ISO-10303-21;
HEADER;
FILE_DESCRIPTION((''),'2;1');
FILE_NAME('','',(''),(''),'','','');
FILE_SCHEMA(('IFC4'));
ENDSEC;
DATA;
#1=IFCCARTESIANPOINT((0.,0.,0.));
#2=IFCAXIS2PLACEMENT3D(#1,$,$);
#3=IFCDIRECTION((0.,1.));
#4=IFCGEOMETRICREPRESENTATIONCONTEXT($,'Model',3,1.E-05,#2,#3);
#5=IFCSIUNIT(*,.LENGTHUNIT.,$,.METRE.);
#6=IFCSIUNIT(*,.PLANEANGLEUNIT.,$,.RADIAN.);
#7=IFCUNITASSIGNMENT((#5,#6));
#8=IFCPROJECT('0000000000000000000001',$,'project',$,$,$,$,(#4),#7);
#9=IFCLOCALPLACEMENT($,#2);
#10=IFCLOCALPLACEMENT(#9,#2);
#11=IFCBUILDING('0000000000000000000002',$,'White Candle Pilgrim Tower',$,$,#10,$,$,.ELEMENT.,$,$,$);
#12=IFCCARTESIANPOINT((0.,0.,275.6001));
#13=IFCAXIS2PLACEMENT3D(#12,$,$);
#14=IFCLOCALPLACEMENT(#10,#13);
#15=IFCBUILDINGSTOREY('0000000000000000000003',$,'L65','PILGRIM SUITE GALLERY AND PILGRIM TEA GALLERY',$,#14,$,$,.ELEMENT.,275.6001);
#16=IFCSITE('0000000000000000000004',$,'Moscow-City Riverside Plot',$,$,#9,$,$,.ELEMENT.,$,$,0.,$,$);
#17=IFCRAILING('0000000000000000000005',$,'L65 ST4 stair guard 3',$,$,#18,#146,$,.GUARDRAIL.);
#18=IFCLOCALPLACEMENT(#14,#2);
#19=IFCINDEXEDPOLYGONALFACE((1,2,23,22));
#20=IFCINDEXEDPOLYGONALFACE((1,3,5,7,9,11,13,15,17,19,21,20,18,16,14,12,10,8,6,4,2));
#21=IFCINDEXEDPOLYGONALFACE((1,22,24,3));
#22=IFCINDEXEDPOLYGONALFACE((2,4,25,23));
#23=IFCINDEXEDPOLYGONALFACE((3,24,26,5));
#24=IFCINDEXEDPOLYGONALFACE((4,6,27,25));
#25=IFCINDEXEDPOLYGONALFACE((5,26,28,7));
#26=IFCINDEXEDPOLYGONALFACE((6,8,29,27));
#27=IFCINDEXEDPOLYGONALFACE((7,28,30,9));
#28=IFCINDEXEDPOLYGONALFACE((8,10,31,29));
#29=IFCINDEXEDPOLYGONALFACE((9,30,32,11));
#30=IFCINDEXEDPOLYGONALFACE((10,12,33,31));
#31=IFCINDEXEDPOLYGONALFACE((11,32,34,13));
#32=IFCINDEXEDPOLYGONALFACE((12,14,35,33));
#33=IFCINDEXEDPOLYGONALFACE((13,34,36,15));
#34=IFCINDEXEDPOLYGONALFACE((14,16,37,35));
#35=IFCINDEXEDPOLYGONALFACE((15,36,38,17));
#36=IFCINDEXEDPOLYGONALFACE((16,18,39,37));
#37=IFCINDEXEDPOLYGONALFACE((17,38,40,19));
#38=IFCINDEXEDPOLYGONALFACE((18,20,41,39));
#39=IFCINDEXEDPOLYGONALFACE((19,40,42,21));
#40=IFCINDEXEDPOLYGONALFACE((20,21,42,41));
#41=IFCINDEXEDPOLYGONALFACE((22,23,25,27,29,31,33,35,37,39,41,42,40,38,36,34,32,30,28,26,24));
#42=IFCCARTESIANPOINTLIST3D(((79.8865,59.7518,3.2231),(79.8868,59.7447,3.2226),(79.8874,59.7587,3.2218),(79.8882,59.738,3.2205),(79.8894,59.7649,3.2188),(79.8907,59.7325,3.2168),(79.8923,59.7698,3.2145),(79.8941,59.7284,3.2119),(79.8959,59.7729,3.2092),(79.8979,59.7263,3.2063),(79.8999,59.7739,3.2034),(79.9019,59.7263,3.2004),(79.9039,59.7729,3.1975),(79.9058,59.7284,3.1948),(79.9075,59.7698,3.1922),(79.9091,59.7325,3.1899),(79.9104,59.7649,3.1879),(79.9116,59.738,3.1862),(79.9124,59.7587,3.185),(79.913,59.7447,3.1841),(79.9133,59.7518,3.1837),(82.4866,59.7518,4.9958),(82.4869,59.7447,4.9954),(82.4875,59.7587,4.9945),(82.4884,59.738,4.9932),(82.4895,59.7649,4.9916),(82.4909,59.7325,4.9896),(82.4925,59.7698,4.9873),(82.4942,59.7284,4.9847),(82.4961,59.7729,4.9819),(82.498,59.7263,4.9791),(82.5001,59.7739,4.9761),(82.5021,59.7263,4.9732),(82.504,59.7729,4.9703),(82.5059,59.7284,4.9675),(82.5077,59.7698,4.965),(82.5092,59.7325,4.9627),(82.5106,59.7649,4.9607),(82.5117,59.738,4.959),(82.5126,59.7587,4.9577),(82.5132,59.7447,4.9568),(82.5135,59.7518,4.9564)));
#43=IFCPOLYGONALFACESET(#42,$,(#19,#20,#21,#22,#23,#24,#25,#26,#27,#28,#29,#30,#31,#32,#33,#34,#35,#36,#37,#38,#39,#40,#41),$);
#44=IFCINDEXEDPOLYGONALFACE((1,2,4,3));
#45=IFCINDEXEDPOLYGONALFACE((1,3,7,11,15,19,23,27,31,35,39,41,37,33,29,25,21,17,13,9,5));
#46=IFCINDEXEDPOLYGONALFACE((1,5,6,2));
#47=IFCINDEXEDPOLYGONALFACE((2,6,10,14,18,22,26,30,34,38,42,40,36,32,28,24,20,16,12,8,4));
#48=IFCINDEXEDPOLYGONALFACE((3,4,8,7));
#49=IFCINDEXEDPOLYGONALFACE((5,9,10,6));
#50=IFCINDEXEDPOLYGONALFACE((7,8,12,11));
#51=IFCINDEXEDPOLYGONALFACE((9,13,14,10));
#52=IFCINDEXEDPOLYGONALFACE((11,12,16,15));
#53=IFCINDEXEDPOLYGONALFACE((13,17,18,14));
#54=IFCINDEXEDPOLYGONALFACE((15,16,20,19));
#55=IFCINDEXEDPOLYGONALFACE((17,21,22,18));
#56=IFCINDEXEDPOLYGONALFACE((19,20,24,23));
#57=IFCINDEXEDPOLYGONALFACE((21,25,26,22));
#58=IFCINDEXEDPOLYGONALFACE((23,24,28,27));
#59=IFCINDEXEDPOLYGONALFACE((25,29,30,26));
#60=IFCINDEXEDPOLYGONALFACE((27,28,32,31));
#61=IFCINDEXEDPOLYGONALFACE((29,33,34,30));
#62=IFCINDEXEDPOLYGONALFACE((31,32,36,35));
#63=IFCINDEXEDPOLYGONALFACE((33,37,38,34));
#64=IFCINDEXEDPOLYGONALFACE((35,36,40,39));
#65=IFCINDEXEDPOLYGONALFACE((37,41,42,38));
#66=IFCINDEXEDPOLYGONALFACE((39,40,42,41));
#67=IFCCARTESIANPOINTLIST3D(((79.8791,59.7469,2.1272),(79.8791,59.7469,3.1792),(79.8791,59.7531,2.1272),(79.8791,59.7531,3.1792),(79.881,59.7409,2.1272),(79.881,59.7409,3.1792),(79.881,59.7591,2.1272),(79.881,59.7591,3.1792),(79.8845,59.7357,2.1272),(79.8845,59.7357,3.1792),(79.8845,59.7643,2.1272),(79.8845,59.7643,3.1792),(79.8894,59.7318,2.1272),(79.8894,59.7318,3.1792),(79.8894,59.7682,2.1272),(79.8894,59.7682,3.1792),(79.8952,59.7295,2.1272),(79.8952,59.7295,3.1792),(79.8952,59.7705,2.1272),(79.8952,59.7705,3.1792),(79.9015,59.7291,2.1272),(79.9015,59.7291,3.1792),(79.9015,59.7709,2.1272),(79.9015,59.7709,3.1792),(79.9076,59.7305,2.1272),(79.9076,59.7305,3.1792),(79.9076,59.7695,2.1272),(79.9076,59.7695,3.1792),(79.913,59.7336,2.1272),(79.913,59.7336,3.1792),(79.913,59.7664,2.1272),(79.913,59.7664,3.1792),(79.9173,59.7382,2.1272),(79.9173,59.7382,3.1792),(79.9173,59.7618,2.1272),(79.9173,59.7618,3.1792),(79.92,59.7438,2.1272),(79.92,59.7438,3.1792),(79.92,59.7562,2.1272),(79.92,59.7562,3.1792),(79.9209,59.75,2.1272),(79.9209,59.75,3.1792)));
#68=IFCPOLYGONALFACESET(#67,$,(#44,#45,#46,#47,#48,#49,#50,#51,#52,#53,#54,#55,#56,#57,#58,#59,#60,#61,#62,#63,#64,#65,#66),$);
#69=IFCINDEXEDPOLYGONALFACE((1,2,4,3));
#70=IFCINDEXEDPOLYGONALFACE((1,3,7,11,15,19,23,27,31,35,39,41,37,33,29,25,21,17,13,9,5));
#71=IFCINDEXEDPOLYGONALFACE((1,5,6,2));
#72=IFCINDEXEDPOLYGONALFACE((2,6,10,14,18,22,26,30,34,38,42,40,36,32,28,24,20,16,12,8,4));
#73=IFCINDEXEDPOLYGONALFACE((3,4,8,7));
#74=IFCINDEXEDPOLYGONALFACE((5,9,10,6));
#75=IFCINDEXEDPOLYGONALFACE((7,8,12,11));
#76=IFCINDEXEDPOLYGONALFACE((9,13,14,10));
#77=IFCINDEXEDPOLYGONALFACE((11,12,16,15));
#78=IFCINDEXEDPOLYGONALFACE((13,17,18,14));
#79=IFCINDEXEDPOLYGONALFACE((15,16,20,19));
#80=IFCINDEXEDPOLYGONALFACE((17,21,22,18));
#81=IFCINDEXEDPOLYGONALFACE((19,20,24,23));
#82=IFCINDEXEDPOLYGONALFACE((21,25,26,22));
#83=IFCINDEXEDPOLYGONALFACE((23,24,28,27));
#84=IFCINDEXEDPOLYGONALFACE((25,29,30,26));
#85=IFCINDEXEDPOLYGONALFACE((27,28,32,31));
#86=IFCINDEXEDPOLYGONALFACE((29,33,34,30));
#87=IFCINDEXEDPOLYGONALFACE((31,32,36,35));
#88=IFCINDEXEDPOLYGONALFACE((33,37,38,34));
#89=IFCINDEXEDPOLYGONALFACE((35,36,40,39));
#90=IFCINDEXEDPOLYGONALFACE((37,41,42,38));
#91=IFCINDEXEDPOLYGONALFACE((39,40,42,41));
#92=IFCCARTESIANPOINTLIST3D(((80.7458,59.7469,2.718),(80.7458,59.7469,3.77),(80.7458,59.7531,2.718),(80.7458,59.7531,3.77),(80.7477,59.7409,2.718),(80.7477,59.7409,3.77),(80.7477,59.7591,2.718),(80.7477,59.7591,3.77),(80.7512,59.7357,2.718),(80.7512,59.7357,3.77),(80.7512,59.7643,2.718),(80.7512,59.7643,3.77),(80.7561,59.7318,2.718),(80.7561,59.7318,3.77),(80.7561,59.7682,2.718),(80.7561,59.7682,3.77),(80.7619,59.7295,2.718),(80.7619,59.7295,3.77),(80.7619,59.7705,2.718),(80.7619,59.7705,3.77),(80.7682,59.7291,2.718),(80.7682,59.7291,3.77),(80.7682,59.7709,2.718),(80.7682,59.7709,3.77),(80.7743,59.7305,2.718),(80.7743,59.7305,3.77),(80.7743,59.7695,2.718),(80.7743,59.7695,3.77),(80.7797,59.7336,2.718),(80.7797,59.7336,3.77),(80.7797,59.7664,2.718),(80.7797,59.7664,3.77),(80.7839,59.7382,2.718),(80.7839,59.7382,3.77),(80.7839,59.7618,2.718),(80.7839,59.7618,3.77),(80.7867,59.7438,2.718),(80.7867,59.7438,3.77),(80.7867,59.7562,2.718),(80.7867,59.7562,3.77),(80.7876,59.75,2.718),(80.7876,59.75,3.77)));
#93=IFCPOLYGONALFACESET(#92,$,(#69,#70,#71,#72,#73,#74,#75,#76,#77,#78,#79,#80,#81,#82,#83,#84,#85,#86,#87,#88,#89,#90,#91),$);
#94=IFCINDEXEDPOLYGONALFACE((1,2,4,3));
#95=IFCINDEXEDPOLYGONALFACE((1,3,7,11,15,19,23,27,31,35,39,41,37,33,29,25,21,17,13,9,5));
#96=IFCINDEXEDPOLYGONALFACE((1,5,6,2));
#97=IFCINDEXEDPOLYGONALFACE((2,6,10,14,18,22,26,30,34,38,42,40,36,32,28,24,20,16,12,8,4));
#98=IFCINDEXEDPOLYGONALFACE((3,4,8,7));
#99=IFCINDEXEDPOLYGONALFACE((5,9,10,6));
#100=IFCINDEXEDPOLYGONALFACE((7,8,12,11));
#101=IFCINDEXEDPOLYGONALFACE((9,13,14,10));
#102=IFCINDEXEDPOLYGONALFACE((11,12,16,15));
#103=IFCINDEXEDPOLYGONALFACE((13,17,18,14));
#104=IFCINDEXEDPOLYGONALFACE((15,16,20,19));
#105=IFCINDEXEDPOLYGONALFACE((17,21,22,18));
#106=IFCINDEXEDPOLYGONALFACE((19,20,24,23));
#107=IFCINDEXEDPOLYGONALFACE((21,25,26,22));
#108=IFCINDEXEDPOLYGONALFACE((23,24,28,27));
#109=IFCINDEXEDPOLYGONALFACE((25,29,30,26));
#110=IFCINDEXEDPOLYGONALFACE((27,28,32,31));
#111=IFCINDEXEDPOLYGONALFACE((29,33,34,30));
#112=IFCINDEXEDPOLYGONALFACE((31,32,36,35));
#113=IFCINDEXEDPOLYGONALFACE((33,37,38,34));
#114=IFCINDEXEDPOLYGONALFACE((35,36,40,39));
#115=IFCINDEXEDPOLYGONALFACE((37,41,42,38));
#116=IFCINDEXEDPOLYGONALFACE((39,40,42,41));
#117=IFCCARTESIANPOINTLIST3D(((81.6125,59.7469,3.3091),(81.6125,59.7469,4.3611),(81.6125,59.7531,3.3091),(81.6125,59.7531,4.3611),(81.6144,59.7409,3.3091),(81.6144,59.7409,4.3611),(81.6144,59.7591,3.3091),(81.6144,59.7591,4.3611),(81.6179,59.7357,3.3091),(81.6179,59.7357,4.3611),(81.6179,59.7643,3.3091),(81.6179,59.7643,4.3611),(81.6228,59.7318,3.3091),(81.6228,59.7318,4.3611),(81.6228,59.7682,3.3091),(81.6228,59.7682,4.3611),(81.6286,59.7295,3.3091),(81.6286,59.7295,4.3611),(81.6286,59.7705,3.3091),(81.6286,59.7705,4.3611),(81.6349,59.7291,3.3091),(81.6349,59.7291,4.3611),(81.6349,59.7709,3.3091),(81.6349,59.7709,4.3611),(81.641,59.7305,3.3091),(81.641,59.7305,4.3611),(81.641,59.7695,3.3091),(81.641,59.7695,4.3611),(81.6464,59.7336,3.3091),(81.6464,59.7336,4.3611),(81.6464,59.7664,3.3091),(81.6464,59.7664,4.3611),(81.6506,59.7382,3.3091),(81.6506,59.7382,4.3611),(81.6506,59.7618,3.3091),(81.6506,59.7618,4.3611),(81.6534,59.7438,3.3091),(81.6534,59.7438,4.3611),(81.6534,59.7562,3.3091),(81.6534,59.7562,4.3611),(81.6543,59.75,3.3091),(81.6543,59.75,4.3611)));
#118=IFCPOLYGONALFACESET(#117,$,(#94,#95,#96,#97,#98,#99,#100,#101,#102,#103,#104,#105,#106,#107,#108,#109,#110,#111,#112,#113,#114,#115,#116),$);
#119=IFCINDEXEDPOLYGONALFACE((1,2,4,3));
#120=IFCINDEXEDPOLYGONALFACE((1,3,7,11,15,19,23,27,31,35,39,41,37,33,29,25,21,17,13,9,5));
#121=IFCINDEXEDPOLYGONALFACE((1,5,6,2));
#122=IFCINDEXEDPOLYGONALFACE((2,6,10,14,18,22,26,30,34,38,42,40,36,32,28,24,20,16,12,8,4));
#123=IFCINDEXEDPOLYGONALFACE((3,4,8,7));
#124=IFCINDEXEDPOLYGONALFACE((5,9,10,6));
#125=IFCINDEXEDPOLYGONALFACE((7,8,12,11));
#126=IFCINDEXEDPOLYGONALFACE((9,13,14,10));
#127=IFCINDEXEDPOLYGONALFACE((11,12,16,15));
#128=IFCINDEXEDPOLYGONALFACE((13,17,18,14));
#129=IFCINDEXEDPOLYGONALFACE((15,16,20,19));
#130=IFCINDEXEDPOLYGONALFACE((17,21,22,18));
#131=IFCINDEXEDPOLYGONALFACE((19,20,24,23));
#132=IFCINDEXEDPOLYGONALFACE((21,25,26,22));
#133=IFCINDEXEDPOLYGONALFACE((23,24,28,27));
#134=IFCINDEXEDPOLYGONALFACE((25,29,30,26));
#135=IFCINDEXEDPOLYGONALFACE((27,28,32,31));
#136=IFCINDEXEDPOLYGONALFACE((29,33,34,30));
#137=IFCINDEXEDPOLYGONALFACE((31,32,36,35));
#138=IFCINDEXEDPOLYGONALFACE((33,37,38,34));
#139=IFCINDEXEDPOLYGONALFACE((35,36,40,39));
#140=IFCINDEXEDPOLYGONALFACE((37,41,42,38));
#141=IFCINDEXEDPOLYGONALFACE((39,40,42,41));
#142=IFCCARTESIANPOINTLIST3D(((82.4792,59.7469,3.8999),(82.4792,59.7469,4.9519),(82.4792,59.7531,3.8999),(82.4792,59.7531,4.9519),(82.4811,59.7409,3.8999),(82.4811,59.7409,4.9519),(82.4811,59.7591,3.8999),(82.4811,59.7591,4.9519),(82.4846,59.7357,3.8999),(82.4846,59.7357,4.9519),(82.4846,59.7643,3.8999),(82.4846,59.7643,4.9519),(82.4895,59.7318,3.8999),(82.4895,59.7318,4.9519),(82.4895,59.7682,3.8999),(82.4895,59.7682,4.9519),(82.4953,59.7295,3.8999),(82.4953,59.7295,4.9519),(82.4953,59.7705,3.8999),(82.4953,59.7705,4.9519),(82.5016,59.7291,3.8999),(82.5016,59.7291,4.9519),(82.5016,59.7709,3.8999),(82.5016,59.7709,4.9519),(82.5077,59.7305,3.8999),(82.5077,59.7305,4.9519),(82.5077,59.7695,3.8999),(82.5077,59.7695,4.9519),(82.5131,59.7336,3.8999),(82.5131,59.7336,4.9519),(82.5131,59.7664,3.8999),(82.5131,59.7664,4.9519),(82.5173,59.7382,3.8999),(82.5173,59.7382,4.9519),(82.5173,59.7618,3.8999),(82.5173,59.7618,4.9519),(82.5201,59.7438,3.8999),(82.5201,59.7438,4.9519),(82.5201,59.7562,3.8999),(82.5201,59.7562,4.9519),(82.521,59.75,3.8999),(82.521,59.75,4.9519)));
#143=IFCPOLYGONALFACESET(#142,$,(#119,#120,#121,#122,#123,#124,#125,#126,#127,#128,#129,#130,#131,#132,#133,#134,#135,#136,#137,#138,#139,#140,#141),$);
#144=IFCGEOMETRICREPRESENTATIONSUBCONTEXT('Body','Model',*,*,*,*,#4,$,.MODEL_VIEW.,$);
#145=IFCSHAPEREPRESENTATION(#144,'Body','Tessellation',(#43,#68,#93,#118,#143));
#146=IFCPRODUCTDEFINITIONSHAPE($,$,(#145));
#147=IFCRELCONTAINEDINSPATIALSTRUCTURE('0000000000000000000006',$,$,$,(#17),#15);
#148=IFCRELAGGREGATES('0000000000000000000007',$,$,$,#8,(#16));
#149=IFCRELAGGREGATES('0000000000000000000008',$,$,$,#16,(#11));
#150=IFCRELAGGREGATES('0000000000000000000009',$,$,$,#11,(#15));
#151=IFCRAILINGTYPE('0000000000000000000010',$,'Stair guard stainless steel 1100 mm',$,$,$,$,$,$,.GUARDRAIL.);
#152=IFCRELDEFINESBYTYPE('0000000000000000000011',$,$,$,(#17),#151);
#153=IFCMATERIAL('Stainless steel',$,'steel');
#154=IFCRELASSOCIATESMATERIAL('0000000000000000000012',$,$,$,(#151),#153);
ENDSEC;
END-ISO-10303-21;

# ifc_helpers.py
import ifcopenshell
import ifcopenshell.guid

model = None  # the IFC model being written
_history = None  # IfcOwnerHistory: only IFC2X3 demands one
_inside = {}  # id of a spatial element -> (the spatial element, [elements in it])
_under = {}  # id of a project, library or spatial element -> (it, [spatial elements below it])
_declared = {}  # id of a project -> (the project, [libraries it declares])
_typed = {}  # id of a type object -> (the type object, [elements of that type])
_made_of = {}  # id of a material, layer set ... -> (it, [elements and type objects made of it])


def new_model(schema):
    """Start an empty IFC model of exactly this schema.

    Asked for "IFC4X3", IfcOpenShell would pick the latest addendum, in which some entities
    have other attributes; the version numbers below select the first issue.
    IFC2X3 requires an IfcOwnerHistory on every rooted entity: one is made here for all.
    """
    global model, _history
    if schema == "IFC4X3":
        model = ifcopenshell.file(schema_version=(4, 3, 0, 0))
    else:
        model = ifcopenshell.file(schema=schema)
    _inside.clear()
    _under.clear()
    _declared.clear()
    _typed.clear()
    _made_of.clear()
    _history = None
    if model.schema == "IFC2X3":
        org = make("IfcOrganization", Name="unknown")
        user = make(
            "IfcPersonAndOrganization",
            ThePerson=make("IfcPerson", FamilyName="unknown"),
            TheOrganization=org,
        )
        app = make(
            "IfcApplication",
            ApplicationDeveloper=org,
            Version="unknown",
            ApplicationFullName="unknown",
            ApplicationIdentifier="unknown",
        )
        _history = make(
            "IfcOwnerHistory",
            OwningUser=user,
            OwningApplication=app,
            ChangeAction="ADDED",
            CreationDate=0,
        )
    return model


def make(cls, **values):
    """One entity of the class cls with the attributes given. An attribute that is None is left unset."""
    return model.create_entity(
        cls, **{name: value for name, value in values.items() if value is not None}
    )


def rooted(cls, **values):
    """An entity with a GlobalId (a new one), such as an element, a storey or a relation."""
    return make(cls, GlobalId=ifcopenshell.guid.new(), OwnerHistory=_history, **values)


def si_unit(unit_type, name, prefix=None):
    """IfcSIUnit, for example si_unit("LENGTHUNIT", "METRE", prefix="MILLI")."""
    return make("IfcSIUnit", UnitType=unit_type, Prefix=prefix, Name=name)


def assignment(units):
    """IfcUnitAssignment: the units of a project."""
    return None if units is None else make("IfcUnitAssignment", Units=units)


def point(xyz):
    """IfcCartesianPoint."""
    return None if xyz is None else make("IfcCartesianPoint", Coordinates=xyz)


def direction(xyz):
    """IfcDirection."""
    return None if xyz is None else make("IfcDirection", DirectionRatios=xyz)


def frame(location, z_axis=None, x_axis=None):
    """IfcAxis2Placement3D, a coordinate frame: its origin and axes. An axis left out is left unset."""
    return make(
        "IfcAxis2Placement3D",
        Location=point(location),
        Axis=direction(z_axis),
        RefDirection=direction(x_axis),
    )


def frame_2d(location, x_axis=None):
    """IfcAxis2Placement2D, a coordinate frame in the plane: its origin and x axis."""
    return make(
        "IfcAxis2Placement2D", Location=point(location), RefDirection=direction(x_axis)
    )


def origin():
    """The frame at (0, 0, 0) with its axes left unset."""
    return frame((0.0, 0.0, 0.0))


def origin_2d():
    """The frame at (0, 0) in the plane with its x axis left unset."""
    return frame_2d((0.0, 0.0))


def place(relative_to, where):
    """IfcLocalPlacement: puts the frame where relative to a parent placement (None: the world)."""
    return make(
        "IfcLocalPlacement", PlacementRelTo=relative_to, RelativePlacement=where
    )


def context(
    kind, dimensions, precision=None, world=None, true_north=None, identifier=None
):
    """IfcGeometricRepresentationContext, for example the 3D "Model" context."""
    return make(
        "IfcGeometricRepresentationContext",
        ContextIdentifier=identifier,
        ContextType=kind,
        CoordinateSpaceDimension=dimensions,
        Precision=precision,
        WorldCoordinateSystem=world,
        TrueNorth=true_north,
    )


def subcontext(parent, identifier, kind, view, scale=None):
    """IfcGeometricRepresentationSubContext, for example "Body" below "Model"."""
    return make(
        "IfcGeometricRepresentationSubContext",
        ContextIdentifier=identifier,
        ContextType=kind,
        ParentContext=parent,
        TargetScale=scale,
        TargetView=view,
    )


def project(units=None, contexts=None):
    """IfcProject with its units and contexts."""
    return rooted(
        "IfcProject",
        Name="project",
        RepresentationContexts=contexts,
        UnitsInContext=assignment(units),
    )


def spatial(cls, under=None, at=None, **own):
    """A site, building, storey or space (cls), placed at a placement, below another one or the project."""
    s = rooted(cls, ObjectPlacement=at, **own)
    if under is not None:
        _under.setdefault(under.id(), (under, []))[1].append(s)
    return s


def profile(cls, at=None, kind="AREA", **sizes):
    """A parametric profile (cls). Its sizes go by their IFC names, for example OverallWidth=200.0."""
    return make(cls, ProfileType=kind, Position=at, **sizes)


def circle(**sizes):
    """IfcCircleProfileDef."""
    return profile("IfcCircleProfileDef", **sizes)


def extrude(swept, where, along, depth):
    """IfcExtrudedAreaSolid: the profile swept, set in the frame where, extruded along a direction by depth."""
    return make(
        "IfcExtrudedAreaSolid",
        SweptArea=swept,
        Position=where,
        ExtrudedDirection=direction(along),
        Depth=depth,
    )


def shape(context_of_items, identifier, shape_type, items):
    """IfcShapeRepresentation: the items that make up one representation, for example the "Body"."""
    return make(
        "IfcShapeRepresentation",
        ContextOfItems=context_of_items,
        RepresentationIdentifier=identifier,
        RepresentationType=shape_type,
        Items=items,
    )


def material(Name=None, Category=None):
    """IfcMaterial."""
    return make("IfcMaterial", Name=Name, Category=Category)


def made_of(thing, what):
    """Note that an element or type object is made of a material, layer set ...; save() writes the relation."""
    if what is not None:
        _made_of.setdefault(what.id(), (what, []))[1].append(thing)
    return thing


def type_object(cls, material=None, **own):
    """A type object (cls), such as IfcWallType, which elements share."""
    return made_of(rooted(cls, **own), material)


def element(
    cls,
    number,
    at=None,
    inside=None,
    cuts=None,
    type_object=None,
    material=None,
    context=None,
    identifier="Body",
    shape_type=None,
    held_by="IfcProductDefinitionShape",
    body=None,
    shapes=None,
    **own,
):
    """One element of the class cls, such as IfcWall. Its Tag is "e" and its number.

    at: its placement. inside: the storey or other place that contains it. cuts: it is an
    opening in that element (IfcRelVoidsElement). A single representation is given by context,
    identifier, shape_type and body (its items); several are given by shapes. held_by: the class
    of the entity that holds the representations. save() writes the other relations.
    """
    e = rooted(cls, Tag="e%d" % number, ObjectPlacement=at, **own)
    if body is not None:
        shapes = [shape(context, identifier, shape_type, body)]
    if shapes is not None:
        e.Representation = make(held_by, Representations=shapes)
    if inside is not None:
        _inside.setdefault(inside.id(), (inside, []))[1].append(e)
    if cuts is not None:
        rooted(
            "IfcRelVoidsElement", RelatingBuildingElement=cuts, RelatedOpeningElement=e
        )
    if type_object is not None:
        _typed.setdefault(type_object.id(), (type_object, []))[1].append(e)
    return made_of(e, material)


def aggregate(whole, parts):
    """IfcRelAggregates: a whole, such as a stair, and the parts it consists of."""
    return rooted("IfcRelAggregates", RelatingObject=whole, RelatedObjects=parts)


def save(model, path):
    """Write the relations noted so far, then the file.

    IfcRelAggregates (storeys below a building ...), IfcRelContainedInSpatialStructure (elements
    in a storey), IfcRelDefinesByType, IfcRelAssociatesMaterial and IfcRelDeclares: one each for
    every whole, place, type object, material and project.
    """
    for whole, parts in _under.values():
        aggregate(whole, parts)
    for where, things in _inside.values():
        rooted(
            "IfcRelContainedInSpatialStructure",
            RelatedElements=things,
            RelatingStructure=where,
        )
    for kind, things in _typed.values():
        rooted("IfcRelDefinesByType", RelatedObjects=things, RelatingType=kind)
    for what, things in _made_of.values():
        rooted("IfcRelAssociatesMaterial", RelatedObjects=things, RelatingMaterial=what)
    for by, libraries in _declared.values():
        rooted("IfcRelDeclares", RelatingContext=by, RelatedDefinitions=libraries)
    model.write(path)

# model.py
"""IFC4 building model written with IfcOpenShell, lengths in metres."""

from ifc_helpers import new_model, si_unit, direction, frame, origin, origin_2d, place, context, subcontext, project, spatial, circle, extrude, material, type_object, element, save


model = new_model("IFC4")

# Units and contexts
model_context = context("Model", 3, precision=1e-05, world=origin(), true_north=direction((0.0, 1.0)))
body_context = subcontext(model_context, "Body", "Model", "MODEL_VIEW")
ifc_project = project(units=[si_unit("LENGTHUNIT", "METRE"), si_unit("PLANEANGLEUNIT", "RADIAN")], contexts=[model_context])

# Site, building, storey
site_placement = place(None, origin())
site = spatial("IfcSite", under=ifc_project, at=site_placement, Name="Moscow-City Riverside Plot", CompositionType="ELEMENT", RefElevation=0.0)
building_placement = place(site_placement, origin())
building = spatial("IfcBuilding", under=site, at=building_placement, Name="White Candle Pilgrim Tower", CompositionType="ELEMENT")
storey_placement = place(building_placement, frame((0.0, 0.0, 275.6001)))
storey = spatial("IfcBuildingStorey", under=building, at=storey_placement, Name="L65", Description="PILGRIM SUITE GALLERY AND PILGRIM TEA GALLERY", CompositionType="ELEMENT", Elevation=275.6001)

# Railing
ifc_material_1 = material(Name="Stainless steel", Category="steel")
railing_type = type_object("IfcRailingType", Name="Stair guard stainless steel 1100 mm", PredefinedType="GUARDRAIL", material=ifc_material_1)
railing_1_placement = place(storey_placement, frame((79.8999, 59.75, 2.1272)))
element("IfcRailing", 1, at=railing_1_placement, inside=storey, type_object=railing_type, Name="L65 ST4 stair guard 3", PredefinedType="GUARDRAIL", context=body_context, shape_type="SweptSolid", body=[
    extrude(circle(Radius=0.0239, at=origin_2d()), frame((0.0, 0.0, 1.0762), z_axis=(0.82624, 0.0, 0.563318), x_axis=(0.0, 1.0, 0.0)), (0.0, 0.0, 1.0), 3.147),
    extrude(circle(Radius=0.021, at=origin_2d()), origin(), (0.0, 0.0, 1.0), 1.052),
    extrude(circle(Radius=0.021, at=origin_2d()), frame((0.8667, 0.0, 0.5908)), (0.0, 0.0, 1.0), 1.052),
    extrude(circle(Radius=0.021, at=origin_2d()), frame((1.7334, 0.0, 1.1819)), (0.0, 0.0, 1.0), 1.052),
    extrude(circle(Radius=0.021, at=origin_2d()), frame((2.6001, 0.0, 1.7727)), (0.0, 0.0, 1.0), 1.052),
])

save(model, "model.ifc")
